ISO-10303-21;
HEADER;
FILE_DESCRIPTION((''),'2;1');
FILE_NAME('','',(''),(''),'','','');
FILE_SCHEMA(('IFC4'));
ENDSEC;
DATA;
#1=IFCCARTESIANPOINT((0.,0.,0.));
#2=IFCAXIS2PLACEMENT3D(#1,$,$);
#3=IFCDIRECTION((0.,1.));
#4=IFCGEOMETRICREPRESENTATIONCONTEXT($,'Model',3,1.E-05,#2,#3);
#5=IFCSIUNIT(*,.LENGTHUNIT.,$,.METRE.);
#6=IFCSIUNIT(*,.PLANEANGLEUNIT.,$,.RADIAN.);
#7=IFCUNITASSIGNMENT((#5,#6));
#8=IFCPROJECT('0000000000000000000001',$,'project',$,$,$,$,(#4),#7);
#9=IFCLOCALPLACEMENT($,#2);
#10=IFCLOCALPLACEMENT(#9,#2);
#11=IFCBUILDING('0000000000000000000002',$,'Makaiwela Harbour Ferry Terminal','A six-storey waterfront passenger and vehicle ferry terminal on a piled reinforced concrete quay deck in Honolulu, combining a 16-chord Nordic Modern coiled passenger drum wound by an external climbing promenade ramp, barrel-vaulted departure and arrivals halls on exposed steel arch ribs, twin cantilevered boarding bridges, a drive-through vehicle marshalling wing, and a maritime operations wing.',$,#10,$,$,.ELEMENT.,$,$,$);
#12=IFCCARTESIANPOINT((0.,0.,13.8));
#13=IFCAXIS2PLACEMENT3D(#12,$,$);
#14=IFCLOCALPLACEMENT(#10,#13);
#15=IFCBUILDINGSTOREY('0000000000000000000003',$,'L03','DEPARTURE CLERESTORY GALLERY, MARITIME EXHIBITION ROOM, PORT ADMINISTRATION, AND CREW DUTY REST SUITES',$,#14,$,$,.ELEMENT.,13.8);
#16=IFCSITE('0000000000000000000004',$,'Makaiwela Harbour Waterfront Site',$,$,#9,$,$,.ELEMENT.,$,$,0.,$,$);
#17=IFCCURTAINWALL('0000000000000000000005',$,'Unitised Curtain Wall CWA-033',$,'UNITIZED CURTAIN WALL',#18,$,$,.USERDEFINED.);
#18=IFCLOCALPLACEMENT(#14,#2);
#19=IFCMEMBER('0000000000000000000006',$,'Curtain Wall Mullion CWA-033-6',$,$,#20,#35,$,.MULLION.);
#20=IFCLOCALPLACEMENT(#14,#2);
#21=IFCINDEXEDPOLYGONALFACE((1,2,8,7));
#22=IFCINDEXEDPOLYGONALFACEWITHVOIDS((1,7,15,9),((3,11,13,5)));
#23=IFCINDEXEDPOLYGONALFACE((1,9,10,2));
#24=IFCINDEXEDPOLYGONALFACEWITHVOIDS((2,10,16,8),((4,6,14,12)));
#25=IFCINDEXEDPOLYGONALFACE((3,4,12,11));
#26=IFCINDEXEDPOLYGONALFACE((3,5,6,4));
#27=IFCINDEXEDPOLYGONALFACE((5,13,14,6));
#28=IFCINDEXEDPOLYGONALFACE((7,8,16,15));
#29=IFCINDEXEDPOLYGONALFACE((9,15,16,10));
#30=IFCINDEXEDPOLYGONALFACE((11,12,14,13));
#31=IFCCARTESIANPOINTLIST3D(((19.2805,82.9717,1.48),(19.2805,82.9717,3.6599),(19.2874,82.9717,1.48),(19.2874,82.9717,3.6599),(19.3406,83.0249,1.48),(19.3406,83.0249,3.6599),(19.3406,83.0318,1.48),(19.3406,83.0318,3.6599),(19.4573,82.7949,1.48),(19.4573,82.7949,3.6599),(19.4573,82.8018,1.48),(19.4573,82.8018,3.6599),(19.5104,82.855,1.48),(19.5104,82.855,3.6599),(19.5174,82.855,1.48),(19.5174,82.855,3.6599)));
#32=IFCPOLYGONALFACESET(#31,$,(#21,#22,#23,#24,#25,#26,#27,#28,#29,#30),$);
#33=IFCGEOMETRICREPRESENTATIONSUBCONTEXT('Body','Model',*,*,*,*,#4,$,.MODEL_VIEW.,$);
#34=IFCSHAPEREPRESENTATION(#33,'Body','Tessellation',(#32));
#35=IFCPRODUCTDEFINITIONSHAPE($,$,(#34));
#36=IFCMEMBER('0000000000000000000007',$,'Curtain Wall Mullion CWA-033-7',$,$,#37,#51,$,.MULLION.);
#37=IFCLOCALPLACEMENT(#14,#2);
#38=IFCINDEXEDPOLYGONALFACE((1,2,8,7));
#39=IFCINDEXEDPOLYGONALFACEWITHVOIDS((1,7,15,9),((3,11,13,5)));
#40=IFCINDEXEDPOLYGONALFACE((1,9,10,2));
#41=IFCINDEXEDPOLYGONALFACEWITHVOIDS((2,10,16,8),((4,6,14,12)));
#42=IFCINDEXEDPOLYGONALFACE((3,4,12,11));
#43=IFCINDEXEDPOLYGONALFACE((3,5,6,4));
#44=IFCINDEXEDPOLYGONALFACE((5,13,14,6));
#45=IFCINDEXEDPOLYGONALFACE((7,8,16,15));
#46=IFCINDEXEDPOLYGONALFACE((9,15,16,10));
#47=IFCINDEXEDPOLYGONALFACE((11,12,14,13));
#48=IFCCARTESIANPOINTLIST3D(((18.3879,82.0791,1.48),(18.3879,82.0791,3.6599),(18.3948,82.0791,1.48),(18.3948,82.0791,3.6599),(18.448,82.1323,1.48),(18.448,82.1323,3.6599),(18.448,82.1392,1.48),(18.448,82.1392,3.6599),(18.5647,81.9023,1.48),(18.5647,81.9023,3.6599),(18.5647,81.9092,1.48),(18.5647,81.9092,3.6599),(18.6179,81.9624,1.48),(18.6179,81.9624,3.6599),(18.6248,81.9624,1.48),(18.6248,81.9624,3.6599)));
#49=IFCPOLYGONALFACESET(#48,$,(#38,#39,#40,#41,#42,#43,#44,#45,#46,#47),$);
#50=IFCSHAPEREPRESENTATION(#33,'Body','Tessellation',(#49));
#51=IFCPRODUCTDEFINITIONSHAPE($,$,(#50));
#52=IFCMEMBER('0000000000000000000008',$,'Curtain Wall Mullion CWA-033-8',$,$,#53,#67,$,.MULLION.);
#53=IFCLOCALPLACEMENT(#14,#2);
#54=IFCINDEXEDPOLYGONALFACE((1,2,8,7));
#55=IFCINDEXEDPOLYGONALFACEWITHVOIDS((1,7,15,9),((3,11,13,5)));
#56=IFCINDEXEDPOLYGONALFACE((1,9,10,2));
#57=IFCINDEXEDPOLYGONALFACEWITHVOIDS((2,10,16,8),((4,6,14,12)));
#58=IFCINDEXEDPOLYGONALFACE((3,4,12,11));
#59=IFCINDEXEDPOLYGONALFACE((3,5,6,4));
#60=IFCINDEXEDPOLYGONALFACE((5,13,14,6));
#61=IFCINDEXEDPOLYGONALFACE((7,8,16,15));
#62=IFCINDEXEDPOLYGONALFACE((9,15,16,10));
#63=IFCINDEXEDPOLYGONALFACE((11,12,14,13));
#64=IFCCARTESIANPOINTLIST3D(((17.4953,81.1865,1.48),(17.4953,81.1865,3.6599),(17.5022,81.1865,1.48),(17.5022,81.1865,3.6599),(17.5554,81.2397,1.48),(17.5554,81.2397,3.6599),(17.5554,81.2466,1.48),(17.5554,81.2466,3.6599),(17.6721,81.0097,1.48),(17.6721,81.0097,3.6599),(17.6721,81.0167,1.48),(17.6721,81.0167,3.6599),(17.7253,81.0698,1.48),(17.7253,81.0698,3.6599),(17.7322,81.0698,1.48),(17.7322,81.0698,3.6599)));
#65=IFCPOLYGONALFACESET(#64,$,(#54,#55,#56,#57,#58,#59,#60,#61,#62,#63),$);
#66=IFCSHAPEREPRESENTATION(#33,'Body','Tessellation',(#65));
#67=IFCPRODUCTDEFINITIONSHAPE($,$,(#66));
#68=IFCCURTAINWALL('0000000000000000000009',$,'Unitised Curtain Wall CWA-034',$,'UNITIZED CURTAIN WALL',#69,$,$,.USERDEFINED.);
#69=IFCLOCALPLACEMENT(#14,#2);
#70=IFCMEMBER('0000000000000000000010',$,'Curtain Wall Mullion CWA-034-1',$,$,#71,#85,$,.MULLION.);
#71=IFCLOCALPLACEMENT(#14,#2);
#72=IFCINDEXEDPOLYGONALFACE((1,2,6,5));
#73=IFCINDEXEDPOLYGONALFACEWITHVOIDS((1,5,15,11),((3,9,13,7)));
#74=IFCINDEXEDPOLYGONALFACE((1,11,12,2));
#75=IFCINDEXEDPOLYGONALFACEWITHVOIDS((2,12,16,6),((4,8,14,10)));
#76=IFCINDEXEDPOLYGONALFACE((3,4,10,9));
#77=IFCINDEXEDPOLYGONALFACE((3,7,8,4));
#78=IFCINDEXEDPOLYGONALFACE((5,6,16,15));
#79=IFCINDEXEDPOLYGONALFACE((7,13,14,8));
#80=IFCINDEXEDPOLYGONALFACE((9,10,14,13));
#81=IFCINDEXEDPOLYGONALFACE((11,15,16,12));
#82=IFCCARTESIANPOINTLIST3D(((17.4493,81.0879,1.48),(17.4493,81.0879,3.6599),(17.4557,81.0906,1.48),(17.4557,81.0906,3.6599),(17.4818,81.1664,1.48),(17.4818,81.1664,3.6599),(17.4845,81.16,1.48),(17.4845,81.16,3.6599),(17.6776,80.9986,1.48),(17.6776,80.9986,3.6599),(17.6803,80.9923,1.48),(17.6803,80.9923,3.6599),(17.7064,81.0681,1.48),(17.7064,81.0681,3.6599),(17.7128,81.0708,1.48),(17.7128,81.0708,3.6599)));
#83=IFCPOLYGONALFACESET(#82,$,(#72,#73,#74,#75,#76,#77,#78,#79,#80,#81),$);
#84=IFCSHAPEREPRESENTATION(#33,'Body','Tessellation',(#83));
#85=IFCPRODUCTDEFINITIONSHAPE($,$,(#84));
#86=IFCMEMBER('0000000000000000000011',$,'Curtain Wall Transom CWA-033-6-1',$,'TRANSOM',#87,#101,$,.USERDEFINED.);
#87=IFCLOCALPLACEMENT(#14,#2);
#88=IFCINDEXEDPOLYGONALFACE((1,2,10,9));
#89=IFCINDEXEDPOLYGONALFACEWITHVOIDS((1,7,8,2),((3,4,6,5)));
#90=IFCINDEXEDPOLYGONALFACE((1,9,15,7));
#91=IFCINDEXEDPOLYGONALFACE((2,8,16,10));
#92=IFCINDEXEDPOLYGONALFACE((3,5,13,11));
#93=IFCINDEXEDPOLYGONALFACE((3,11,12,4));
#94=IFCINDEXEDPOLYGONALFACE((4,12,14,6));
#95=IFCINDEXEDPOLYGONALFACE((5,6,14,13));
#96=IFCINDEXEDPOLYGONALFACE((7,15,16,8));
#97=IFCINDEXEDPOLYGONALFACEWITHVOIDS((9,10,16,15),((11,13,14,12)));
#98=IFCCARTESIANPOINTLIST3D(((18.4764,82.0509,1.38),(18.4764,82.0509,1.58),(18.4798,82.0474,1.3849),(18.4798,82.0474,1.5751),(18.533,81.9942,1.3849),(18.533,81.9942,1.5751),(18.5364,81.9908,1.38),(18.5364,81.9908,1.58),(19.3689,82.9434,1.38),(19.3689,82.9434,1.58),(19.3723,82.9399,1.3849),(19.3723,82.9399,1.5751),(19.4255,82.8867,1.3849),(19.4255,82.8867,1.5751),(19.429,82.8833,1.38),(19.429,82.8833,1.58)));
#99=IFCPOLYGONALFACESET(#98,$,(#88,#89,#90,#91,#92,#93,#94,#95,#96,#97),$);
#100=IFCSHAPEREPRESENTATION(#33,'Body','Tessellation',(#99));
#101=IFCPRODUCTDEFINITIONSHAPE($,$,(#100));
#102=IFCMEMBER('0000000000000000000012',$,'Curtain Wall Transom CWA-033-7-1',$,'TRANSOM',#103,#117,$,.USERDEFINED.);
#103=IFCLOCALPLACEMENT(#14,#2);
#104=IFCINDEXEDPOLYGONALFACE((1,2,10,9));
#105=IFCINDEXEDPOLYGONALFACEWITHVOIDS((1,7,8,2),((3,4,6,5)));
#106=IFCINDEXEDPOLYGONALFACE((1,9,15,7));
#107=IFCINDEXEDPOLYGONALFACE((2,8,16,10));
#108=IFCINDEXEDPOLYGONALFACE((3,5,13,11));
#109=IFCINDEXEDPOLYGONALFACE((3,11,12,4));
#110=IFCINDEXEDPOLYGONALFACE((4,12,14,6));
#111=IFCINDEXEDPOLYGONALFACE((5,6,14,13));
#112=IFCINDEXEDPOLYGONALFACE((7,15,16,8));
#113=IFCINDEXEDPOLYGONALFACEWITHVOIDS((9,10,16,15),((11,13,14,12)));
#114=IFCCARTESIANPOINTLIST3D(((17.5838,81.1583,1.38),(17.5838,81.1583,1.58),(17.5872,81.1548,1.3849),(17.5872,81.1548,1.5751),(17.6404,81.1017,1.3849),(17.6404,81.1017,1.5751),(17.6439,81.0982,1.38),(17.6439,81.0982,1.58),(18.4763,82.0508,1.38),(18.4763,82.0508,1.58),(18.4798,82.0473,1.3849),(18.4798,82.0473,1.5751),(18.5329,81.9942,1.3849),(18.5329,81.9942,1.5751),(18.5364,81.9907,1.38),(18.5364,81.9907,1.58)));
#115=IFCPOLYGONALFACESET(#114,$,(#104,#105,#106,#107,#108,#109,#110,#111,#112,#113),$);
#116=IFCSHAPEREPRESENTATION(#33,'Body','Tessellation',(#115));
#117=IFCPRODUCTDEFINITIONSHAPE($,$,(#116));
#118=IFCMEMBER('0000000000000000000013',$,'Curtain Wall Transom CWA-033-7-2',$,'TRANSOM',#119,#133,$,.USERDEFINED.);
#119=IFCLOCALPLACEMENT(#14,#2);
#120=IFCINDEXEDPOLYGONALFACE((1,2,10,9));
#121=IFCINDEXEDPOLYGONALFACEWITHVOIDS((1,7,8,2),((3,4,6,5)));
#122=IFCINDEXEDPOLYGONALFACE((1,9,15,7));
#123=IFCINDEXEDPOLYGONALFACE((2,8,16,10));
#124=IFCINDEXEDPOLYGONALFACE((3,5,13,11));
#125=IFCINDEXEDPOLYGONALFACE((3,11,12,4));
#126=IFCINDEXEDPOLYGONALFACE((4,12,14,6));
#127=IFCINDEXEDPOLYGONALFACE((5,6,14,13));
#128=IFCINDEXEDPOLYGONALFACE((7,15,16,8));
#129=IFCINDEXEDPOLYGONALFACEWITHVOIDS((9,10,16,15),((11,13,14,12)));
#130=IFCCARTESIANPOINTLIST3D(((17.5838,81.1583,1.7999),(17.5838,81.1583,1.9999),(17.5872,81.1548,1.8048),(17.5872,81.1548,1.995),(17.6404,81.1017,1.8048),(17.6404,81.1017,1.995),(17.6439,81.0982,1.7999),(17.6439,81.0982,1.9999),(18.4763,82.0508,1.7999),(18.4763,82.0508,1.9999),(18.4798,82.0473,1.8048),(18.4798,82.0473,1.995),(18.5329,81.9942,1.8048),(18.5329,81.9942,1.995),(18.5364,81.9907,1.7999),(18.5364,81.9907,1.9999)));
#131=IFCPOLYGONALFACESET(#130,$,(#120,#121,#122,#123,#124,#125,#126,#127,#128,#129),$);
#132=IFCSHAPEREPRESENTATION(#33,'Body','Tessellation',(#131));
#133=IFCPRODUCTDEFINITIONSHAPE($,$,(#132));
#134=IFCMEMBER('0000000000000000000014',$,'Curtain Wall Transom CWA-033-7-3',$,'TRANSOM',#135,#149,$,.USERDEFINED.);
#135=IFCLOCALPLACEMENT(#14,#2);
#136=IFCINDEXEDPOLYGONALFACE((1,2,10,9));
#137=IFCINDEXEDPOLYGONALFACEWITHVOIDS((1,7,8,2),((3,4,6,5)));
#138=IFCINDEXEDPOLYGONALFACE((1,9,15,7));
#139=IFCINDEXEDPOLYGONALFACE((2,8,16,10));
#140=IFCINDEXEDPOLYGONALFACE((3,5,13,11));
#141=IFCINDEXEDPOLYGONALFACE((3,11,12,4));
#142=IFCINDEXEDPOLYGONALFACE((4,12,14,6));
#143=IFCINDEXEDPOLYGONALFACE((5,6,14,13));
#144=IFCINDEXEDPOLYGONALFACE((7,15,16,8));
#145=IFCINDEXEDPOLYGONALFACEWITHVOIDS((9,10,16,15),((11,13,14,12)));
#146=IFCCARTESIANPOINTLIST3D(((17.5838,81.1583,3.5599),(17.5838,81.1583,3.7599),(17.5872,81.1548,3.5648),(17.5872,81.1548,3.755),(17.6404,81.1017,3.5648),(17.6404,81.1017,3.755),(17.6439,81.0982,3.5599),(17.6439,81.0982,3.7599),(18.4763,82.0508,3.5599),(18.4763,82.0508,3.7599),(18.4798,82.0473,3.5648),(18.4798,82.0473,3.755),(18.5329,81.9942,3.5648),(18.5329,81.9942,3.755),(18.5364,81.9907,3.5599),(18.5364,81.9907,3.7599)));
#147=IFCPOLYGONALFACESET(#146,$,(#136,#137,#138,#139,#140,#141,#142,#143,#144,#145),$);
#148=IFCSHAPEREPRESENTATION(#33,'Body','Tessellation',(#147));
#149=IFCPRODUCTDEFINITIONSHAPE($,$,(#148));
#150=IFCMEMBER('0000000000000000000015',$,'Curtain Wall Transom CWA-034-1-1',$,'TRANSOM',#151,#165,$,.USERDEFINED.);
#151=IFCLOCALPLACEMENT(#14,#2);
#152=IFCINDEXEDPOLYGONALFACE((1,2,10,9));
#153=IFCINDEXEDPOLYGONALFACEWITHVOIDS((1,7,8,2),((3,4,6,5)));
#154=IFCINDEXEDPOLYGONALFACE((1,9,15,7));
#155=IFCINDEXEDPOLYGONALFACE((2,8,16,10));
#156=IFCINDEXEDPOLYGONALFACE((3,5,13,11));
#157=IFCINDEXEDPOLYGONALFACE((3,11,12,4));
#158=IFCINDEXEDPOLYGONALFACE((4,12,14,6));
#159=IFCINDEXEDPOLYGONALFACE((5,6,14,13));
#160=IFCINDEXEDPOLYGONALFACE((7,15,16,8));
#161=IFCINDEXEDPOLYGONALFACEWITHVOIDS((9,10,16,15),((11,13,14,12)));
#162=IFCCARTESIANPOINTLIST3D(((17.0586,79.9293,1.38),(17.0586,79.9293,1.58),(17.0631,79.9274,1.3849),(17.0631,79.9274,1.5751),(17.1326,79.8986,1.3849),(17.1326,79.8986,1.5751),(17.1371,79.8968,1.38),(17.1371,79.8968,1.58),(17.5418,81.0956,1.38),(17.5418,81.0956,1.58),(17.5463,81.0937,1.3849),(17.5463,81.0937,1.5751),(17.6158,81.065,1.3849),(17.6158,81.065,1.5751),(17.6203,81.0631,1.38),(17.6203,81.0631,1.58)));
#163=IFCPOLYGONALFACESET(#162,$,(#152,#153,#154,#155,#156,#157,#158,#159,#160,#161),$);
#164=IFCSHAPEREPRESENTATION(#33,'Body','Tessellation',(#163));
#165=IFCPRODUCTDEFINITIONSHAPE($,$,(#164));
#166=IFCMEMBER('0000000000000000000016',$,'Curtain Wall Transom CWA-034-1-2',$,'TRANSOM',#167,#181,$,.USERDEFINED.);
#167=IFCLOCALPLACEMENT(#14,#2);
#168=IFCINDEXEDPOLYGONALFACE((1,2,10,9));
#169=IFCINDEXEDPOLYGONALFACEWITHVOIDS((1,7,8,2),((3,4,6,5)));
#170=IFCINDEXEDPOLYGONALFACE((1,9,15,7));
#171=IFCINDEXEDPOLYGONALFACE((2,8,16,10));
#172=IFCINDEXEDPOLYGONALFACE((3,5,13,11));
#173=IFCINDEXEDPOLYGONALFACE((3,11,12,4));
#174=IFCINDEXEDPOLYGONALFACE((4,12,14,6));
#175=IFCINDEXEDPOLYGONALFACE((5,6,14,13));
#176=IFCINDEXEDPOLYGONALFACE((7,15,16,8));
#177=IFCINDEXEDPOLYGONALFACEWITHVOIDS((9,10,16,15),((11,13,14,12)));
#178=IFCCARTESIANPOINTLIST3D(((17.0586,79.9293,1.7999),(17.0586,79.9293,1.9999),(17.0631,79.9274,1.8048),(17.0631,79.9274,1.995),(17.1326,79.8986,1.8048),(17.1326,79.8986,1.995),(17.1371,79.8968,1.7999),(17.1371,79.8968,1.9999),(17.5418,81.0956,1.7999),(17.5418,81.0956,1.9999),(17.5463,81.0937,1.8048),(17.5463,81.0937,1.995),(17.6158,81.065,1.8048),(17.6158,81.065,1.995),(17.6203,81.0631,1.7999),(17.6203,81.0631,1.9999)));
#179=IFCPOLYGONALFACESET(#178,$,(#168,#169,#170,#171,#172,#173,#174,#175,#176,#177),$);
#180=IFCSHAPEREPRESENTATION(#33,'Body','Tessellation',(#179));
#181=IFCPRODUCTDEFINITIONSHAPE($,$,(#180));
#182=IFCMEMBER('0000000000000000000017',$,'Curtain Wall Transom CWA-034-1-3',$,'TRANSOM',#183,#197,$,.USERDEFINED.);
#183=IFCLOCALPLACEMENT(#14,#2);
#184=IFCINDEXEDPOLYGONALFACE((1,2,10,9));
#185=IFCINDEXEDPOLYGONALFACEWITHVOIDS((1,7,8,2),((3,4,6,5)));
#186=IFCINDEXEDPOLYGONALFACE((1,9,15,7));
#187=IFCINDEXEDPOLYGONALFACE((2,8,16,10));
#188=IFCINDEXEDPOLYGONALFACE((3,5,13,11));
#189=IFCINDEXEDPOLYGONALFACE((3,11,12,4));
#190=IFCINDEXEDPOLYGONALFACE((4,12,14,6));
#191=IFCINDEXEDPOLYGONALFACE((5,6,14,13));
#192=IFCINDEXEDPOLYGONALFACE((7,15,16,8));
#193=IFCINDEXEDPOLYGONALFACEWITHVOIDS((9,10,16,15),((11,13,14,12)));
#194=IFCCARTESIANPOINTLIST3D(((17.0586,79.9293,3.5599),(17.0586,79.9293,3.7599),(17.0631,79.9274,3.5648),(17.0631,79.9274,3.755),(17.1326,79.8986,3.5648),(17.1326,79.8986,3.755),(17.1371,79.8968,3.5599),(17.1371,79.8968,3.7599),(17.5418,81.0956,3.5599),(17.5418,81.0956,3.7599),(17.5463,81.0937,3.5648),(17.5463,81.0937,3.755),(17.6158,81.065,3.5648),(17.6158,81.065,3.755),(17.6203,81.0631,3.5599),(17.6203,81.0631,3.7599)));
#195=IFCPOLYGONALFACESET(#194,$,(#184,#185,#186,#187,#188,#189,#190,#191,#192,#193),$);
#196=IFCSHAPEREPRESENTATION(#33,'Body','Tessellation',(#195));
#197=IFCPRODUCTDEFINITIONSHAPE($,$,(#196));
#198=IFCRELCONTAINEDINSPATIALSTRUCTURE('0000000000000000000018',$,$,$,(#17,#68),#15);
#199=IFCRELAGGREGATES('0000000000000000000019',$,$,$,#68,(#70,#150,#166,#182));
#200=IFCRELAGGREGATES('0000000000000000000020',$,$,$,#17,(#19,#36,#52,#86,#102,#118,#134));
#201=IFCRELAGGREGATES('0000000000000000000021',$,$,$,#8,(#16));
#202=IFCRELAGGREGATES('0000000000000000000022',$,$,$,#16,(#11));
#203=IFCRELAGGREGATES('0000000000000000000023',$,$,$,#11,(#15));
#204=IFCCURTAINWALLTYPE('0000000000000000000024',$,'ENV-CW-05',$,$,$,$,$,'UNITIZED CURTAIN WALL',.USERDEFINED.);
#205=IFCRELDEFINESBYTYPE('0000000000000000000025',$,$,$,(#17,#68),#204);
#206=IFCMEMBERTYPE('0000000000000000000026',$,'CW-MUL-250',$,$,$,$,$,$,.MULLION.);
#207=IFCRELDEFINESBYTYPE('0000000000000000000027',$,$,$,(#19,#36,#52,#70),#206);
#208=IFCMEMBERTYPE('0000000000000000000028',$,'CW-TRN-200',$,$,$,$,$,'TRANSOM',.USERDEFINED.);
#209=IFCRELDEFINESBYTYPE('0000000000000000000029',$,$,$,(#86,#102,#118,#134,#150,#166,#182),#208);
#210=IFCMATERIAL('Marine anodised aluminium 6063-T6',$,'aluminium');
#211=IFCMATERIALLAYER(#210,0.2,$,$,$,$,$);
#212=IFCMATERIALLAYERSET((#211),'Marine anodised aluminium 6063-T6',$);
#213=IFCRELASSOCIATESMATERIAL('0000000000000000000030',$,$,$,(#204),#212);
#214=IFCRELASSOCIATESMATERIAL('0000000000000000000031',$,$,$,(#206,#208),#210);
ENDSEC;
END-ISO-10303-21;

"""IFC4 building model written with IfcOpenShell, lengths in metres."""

from ifc_helpers import new_model, si_unit, direction, frame, origin, origin_2d, place, context, subcontext, project, spatial, hollow_rectangle, extrude, material, layer, layer_set, material_profile, profile_set, type_object, element, aggregate, save


model = new_model("IFC4")

# Units and contexts
model_context = context("Model", 3, precision=1e-05, world=origin(), true_north=direction((0.0, 1.0)))
body_context = subcontext(model_context, "Body", "Model", "MODEL_VIEW")
ifc_project = project(units=[si_unit("LENGTHUNIT", "METRE"), si_unit("PLANEANGLEUNIT", "RADIAN")], contexts=[model_context])

# Site, building, storey
site_placement = place(None, origin())
site = spatial("IfcSite", under=ifc_project, at=site_placement, Name="Makaiwela Harbour Waterfront Site", CompositionType="ELEMENT", RefElevation=0.0)
building_placement = place(site_placement, origin())
building = spatial("IfcBuilding", under=site, at=building_placement, Name="Makaiwela Harbour Ferry Terminal", Description="A six-storey waterfront passenger and vehicle ferry terminal on a piled reinforced concrete quay deck in Honolulu, combining a 16-chord Nordic Modern coiled passenger drum wound by an external climbing promenade ramp, barrel-vaulted departure and arrivals halls on exposed steel arch ribs, twin cantilevered boarding bridges, a drive-through vehicle marshalling wing, and a maritime operations wing.", CompositionType="ELEMENT")
storey_placement = place(building_placement, frame((0.0, 0.0, 13.8)))
storey = spatial("IfcBuildingStorey", under=building, at=storey_placement, Name="L03", Description="DEPARTURE CLERESTORY GALLERY, MARITIME EXHIBITION ROOM, PORT ADMINISTRATION, AND CREW DUTY REST SUITES", CompositionType="ELEMENT", Elevation=13.8)

# Curtain wall, members
ifc_material_1 = material(Name="Marine anodised aluminium 6063-T6", Category="aluminium")
ifc_layer_1 = layer(ifc_material_1, 0.2)
ifc_layer_set_1 = layer_set([ifc_layer_1], Name="Marine anodised aluminium 6063-T6")
curtain_wall_type = type_object("IfcCurtainWallType", Name="ENV-CW-05", ElementType="UNITIZED CURTAIN WALL", PredefinedType="USERDEFINED", material=ifc_layer_set_1)
curtain_wall_1_placement = place(storey_placement, origin())
curtain_wall_1 = element("IfcCurtainWall", 1, at=curtain_wall_1_placement, inside=storey, type_object=curtain_wall_type, Name="Unitised Curtain Wall CWA-033", ObjectType="UNITIZED CURTAIN WALL", PredefinedType="USERDEFINED")
ifc_material_profile_1 = material_profile(ifc_material_1, hollow_rectangle(XDim=0.085, YDim=0.25, WallThickness=0.0049, at=origin_2d()), Name="CWM-250X85")
ifc_profile_set_1 = profile_set([ifc_material_profile_1], Name="Marine anodised aluminium 6063-T6")
member_type_1 = type_object("IfcMemberType", Name="CW-MUL-250", PredefinedType="MULLION", material=ifc_profile_set_1)
member_1_placement = place(storey_placement, frame((19.3989, 82.9133, 1.48), z_axis=(0.0, 0.0, 1.0), x_axis=(0.707107, 0.707107, 0.0)))
member_1 = element("IfcMember", 2, at=member_1_placement, type_object=member_type_1, Name="Curtain Wall Mullion CWA-033-6", PredefinedType="MULLION", context=body_context, shape_type="SweptSolid", body=[
    extrude(hollow_rectangle(XDim=0.085, YDim=0.25, WallThickness=0.0049, at=origin_2d()), origin(), (0.0, 0.0, 1.0), 2.1799),
])
member_2_placement = place(storey_placement, frame((18.5063, 82.0208, 1.48), z_axis=(0.0, 0.0, 1.0), x_axis=(0.707107, 0.707107, 0.0)))
member_2 = element("IfcMember", 3, at=member_2_placement, type_object=member_type_1, Name="Curtain Wall Mullion CWA-033-7", PredefinedType="MULLION", context=body_context, shape_type="SweptSolid", body=[
    extrude(hollow_rectangle(XDim=0.085, YDim=0.25, WallThickness=0.0049, at=origin_2d()), origin(), (0.0, 0.0, 1.0), 2.1799),
])
member_3_placement = place(storey_placement, frame((17.6138, 81.1282, 1.48), z_axis=(0.0, 0.0, 1.0), x_axis=(0.707107, 0.707107, 0.0)))
member_3 = element("IfcMember", 4, at=member_3_placement, type_object=member_type_1, Name="Curtain Wall Mullion CWA-033-8", PredefinedType="MULLION", context=body_context, shape_type="SweptSolid", body=[
    extrude(hollow_rectangle(XDim=0.085, YDim=0.25, WallThickness=0.0049, at=origin_2d()), origin(), (0.0, 0.0, 1.0), 2.1799),
])

# Curtain wall, member
curtain_wall_2_placement = place(storey_placement, origin())
curtain_wall_2 = element("IfcCurtainWall", 5, at=curtain_wall_2_placement, inside=storey, type_object=curtain_wall_type, Name="Unitised Curtain Wall CWA-034", ObjectType="UNITIZED CURTAIN WALL", PredefinedType="USERDEFINED")
member_4_placement = place(storey_placement, frame((17.5811, 81.0793, 1.48), z_axis=(0.0, 0.0, 1.0), x_axis=(0.382683, 0.92388, 0.0)))
member_4 = element("IfcMember", 6, at=member_4_placement, type_object=member_type_1, Name="Curtain Wall Mullion CWA-034-1", PredefinedType="MULLION", context=body_context, shape_type="SweptSolid", body=[
    extrude(hollow_rectangle(XDim=0.085, YDim=0.25, WallThickness=0.0049, at=origin_2d()), origin(), (0.0, 0.0, 1.0), 2.1799),
])

# Members
ifc_material_profile_2 = material_profile(ifc_material_1, hollow_rectangle(XDim=0.085, YDim=0.2, WallThickness=0.0049, at=origin_2d()), Name="CWT-200X85")
ifc_profile_set_2 = profile_set([ifc_material_profile_2], Name="Marine anodised aluminium 6063-T6")
member_type_2 = type_object("IfcMemberType", Name="CW-TRN-200", ElementType="TRANSOM", PredefinedType="USERDEFINED", material=ifc_profile_set_2)
member_5_placement = place(storey_placement, frame((19.3989, 82.9133, 1.48), z_axis=(-0.707107, -0.707107, 0.0), x_axis=(0.707107, -0.707107, 0.0)))
member_5 = element("IfcMember", 7, at=member_5_placement, type_object=member_type_2, Name="Curtain Wall Transom CWA-033-6-1", ObjectType="TRANSOM", PredefinedType="USERDEFINED", context=body_context, shape_type="SweptSolid", body=[
    extrude(hollow_rectangle(XDim=0.085, YDim=0.2, WallThickness=0.0049, at=origin_2d()), origin(), (0.0, 0.0, 1.0), 1.2622),
])
member_6_placement = place(storey_placement, frame((18.5063, 82.0208, 1.48), z_axis=(-0.707107, -0.707107, 0.0), x_axis=(0.707107, -0.707107, 0.0)))
member_6 = element("IfcMember", 8, at=member_6_placement, type_object=member_type_2, Name="Curtain Wall Transom CWA-033-7-1", ObjectType="TRANSOM", PredefinedType="USERDEFINED", context=body_context, shape_type="SweptSolid", body=[
    extrude(hollow_rectangle(XDim=0.085, YDim=0.2, WallThickness=0.0049, at=origin_2d()), origin(), (0.0, 0.0, 1.0), 1.2622),
])
member_7_placement = place(storey_placement, frame((18.5063, 82.0208, 1.8999), z_axis=(-0.707107, -0.707107, 0.0), x_axis=(0.707107, -0.707107, 0.0)))
member_7 = element("IfcMember", 9, at=member_7_placement, type_object=member_type_2, Name="Curtain Wall Transom CWA-033-7-2", ObjectType="TRANSOM", PredefinedType="USERDEFINED", context=body_context, shape_type="SweptSolid", body=[
    extrude(hollow_rectangle(XDim=0.085, YDim=0.2, WallThickness=0.0049, at=origin_2d()), origin(), (0.0, 0.0, 1.0), 1.2622),
])
member_8_placement = place(storey_placement, frame((18.5063, 82.0208, 3.6599), z_axis=(-0.707107, -0.707107, 0.0), x_axis=(0.707107, -0.707107, 0.0)))
member_8 = element("IfcMember", 10, at=member_8_placement, type_object=member_type_2, Name="Curtain Wall Transom CWA-033-7-3", ObjectType="TRANSOM", PredefinedType="USERDEFINED", context=body_context, shape_type="SweptSolid", body=[
    extrude(hollow_rectangle(XDim=0.085, YDim=0.2, WallThickness=0.0049, at=origin_2d()), origin(), (0.0, 0.0, 1.0), 1.2622),
])
member_9_placement = place(storey_placement, frame((17.5811, 81.0793, 1.48), z_axis=(-0.382733, -0.923859, 0.0), x_axis=(0.923859, -0.382733, 0.0)))
member_9 = element("IfcMember", 11, at=member_9_placement, type_object=member_type_2, Name="Curtain Wall Transom CWA-034-1-1", ObjectType="TRANSOM", PredefinedType="USERDEFINED", context=body_context, shape_type="SweptSolid", body=[
    extrude(hollow_rectangle(XDim=0.085, YDim=0.2, WallThickness=0.0049, at=origin_2d()), origin(), (0.0, 0.0, 1.0), 1.2625),
])
member_10_placement = place(storey_placement, frame((17.5811, 81.0793, 1.8999), z_axis=(-0.382733, -0.923859, 0.0), x_axis=(0.923859, -0.382733, 0.0)))
member_10 = element("IfcMember", 12, at=member_10_placement, type_object=member_type_2, Name="Curtain Wall Transom CWA-034-1-2", ObjectType="TRANSOM", PredefinedType="USERDEFINED", context=body_context, shape_type="SweptSolid", body=[
    extrude(hollow_rectangle(XDim=0.085, YDim=0.2, WallThickness=0.0049, at=origin_2d()), origin(), (0.0, 0.0, 1.0), 1.2625),
])
member_11_placement = place(storey_placement, frame((17.5811, 81.0793, 3.6599), z_axis=(-0.382733, -0.923859, 0.0), x_axis=(0.923859, -0.382733, 0.0)))
member_11 = element("IfcMember", 13, at=member_11_placement, type_object=member_type_2, Name="Curtain Wall Transom CWA-034-1-3", ObjectType="TRANSOM", PredefinedType="USERDEFINED", context=body_context, shape_type="SweptSolid", body=[
    extrude(hollow_rectangle(XDim=0.085, YDim=0.2, WallThickness=0.0049, at=origin_2d()), origin(), (0.0, 0.0, 1.0), 1.2625),
])
aggregate(curtain_wall_2, [member_4, member_9, member_10, member_11])

aggregate(curtain_wall_1, [member_1, member_2, member_3, member_5, member_6, member_7, member_8])

save(model, "model.ifc")
